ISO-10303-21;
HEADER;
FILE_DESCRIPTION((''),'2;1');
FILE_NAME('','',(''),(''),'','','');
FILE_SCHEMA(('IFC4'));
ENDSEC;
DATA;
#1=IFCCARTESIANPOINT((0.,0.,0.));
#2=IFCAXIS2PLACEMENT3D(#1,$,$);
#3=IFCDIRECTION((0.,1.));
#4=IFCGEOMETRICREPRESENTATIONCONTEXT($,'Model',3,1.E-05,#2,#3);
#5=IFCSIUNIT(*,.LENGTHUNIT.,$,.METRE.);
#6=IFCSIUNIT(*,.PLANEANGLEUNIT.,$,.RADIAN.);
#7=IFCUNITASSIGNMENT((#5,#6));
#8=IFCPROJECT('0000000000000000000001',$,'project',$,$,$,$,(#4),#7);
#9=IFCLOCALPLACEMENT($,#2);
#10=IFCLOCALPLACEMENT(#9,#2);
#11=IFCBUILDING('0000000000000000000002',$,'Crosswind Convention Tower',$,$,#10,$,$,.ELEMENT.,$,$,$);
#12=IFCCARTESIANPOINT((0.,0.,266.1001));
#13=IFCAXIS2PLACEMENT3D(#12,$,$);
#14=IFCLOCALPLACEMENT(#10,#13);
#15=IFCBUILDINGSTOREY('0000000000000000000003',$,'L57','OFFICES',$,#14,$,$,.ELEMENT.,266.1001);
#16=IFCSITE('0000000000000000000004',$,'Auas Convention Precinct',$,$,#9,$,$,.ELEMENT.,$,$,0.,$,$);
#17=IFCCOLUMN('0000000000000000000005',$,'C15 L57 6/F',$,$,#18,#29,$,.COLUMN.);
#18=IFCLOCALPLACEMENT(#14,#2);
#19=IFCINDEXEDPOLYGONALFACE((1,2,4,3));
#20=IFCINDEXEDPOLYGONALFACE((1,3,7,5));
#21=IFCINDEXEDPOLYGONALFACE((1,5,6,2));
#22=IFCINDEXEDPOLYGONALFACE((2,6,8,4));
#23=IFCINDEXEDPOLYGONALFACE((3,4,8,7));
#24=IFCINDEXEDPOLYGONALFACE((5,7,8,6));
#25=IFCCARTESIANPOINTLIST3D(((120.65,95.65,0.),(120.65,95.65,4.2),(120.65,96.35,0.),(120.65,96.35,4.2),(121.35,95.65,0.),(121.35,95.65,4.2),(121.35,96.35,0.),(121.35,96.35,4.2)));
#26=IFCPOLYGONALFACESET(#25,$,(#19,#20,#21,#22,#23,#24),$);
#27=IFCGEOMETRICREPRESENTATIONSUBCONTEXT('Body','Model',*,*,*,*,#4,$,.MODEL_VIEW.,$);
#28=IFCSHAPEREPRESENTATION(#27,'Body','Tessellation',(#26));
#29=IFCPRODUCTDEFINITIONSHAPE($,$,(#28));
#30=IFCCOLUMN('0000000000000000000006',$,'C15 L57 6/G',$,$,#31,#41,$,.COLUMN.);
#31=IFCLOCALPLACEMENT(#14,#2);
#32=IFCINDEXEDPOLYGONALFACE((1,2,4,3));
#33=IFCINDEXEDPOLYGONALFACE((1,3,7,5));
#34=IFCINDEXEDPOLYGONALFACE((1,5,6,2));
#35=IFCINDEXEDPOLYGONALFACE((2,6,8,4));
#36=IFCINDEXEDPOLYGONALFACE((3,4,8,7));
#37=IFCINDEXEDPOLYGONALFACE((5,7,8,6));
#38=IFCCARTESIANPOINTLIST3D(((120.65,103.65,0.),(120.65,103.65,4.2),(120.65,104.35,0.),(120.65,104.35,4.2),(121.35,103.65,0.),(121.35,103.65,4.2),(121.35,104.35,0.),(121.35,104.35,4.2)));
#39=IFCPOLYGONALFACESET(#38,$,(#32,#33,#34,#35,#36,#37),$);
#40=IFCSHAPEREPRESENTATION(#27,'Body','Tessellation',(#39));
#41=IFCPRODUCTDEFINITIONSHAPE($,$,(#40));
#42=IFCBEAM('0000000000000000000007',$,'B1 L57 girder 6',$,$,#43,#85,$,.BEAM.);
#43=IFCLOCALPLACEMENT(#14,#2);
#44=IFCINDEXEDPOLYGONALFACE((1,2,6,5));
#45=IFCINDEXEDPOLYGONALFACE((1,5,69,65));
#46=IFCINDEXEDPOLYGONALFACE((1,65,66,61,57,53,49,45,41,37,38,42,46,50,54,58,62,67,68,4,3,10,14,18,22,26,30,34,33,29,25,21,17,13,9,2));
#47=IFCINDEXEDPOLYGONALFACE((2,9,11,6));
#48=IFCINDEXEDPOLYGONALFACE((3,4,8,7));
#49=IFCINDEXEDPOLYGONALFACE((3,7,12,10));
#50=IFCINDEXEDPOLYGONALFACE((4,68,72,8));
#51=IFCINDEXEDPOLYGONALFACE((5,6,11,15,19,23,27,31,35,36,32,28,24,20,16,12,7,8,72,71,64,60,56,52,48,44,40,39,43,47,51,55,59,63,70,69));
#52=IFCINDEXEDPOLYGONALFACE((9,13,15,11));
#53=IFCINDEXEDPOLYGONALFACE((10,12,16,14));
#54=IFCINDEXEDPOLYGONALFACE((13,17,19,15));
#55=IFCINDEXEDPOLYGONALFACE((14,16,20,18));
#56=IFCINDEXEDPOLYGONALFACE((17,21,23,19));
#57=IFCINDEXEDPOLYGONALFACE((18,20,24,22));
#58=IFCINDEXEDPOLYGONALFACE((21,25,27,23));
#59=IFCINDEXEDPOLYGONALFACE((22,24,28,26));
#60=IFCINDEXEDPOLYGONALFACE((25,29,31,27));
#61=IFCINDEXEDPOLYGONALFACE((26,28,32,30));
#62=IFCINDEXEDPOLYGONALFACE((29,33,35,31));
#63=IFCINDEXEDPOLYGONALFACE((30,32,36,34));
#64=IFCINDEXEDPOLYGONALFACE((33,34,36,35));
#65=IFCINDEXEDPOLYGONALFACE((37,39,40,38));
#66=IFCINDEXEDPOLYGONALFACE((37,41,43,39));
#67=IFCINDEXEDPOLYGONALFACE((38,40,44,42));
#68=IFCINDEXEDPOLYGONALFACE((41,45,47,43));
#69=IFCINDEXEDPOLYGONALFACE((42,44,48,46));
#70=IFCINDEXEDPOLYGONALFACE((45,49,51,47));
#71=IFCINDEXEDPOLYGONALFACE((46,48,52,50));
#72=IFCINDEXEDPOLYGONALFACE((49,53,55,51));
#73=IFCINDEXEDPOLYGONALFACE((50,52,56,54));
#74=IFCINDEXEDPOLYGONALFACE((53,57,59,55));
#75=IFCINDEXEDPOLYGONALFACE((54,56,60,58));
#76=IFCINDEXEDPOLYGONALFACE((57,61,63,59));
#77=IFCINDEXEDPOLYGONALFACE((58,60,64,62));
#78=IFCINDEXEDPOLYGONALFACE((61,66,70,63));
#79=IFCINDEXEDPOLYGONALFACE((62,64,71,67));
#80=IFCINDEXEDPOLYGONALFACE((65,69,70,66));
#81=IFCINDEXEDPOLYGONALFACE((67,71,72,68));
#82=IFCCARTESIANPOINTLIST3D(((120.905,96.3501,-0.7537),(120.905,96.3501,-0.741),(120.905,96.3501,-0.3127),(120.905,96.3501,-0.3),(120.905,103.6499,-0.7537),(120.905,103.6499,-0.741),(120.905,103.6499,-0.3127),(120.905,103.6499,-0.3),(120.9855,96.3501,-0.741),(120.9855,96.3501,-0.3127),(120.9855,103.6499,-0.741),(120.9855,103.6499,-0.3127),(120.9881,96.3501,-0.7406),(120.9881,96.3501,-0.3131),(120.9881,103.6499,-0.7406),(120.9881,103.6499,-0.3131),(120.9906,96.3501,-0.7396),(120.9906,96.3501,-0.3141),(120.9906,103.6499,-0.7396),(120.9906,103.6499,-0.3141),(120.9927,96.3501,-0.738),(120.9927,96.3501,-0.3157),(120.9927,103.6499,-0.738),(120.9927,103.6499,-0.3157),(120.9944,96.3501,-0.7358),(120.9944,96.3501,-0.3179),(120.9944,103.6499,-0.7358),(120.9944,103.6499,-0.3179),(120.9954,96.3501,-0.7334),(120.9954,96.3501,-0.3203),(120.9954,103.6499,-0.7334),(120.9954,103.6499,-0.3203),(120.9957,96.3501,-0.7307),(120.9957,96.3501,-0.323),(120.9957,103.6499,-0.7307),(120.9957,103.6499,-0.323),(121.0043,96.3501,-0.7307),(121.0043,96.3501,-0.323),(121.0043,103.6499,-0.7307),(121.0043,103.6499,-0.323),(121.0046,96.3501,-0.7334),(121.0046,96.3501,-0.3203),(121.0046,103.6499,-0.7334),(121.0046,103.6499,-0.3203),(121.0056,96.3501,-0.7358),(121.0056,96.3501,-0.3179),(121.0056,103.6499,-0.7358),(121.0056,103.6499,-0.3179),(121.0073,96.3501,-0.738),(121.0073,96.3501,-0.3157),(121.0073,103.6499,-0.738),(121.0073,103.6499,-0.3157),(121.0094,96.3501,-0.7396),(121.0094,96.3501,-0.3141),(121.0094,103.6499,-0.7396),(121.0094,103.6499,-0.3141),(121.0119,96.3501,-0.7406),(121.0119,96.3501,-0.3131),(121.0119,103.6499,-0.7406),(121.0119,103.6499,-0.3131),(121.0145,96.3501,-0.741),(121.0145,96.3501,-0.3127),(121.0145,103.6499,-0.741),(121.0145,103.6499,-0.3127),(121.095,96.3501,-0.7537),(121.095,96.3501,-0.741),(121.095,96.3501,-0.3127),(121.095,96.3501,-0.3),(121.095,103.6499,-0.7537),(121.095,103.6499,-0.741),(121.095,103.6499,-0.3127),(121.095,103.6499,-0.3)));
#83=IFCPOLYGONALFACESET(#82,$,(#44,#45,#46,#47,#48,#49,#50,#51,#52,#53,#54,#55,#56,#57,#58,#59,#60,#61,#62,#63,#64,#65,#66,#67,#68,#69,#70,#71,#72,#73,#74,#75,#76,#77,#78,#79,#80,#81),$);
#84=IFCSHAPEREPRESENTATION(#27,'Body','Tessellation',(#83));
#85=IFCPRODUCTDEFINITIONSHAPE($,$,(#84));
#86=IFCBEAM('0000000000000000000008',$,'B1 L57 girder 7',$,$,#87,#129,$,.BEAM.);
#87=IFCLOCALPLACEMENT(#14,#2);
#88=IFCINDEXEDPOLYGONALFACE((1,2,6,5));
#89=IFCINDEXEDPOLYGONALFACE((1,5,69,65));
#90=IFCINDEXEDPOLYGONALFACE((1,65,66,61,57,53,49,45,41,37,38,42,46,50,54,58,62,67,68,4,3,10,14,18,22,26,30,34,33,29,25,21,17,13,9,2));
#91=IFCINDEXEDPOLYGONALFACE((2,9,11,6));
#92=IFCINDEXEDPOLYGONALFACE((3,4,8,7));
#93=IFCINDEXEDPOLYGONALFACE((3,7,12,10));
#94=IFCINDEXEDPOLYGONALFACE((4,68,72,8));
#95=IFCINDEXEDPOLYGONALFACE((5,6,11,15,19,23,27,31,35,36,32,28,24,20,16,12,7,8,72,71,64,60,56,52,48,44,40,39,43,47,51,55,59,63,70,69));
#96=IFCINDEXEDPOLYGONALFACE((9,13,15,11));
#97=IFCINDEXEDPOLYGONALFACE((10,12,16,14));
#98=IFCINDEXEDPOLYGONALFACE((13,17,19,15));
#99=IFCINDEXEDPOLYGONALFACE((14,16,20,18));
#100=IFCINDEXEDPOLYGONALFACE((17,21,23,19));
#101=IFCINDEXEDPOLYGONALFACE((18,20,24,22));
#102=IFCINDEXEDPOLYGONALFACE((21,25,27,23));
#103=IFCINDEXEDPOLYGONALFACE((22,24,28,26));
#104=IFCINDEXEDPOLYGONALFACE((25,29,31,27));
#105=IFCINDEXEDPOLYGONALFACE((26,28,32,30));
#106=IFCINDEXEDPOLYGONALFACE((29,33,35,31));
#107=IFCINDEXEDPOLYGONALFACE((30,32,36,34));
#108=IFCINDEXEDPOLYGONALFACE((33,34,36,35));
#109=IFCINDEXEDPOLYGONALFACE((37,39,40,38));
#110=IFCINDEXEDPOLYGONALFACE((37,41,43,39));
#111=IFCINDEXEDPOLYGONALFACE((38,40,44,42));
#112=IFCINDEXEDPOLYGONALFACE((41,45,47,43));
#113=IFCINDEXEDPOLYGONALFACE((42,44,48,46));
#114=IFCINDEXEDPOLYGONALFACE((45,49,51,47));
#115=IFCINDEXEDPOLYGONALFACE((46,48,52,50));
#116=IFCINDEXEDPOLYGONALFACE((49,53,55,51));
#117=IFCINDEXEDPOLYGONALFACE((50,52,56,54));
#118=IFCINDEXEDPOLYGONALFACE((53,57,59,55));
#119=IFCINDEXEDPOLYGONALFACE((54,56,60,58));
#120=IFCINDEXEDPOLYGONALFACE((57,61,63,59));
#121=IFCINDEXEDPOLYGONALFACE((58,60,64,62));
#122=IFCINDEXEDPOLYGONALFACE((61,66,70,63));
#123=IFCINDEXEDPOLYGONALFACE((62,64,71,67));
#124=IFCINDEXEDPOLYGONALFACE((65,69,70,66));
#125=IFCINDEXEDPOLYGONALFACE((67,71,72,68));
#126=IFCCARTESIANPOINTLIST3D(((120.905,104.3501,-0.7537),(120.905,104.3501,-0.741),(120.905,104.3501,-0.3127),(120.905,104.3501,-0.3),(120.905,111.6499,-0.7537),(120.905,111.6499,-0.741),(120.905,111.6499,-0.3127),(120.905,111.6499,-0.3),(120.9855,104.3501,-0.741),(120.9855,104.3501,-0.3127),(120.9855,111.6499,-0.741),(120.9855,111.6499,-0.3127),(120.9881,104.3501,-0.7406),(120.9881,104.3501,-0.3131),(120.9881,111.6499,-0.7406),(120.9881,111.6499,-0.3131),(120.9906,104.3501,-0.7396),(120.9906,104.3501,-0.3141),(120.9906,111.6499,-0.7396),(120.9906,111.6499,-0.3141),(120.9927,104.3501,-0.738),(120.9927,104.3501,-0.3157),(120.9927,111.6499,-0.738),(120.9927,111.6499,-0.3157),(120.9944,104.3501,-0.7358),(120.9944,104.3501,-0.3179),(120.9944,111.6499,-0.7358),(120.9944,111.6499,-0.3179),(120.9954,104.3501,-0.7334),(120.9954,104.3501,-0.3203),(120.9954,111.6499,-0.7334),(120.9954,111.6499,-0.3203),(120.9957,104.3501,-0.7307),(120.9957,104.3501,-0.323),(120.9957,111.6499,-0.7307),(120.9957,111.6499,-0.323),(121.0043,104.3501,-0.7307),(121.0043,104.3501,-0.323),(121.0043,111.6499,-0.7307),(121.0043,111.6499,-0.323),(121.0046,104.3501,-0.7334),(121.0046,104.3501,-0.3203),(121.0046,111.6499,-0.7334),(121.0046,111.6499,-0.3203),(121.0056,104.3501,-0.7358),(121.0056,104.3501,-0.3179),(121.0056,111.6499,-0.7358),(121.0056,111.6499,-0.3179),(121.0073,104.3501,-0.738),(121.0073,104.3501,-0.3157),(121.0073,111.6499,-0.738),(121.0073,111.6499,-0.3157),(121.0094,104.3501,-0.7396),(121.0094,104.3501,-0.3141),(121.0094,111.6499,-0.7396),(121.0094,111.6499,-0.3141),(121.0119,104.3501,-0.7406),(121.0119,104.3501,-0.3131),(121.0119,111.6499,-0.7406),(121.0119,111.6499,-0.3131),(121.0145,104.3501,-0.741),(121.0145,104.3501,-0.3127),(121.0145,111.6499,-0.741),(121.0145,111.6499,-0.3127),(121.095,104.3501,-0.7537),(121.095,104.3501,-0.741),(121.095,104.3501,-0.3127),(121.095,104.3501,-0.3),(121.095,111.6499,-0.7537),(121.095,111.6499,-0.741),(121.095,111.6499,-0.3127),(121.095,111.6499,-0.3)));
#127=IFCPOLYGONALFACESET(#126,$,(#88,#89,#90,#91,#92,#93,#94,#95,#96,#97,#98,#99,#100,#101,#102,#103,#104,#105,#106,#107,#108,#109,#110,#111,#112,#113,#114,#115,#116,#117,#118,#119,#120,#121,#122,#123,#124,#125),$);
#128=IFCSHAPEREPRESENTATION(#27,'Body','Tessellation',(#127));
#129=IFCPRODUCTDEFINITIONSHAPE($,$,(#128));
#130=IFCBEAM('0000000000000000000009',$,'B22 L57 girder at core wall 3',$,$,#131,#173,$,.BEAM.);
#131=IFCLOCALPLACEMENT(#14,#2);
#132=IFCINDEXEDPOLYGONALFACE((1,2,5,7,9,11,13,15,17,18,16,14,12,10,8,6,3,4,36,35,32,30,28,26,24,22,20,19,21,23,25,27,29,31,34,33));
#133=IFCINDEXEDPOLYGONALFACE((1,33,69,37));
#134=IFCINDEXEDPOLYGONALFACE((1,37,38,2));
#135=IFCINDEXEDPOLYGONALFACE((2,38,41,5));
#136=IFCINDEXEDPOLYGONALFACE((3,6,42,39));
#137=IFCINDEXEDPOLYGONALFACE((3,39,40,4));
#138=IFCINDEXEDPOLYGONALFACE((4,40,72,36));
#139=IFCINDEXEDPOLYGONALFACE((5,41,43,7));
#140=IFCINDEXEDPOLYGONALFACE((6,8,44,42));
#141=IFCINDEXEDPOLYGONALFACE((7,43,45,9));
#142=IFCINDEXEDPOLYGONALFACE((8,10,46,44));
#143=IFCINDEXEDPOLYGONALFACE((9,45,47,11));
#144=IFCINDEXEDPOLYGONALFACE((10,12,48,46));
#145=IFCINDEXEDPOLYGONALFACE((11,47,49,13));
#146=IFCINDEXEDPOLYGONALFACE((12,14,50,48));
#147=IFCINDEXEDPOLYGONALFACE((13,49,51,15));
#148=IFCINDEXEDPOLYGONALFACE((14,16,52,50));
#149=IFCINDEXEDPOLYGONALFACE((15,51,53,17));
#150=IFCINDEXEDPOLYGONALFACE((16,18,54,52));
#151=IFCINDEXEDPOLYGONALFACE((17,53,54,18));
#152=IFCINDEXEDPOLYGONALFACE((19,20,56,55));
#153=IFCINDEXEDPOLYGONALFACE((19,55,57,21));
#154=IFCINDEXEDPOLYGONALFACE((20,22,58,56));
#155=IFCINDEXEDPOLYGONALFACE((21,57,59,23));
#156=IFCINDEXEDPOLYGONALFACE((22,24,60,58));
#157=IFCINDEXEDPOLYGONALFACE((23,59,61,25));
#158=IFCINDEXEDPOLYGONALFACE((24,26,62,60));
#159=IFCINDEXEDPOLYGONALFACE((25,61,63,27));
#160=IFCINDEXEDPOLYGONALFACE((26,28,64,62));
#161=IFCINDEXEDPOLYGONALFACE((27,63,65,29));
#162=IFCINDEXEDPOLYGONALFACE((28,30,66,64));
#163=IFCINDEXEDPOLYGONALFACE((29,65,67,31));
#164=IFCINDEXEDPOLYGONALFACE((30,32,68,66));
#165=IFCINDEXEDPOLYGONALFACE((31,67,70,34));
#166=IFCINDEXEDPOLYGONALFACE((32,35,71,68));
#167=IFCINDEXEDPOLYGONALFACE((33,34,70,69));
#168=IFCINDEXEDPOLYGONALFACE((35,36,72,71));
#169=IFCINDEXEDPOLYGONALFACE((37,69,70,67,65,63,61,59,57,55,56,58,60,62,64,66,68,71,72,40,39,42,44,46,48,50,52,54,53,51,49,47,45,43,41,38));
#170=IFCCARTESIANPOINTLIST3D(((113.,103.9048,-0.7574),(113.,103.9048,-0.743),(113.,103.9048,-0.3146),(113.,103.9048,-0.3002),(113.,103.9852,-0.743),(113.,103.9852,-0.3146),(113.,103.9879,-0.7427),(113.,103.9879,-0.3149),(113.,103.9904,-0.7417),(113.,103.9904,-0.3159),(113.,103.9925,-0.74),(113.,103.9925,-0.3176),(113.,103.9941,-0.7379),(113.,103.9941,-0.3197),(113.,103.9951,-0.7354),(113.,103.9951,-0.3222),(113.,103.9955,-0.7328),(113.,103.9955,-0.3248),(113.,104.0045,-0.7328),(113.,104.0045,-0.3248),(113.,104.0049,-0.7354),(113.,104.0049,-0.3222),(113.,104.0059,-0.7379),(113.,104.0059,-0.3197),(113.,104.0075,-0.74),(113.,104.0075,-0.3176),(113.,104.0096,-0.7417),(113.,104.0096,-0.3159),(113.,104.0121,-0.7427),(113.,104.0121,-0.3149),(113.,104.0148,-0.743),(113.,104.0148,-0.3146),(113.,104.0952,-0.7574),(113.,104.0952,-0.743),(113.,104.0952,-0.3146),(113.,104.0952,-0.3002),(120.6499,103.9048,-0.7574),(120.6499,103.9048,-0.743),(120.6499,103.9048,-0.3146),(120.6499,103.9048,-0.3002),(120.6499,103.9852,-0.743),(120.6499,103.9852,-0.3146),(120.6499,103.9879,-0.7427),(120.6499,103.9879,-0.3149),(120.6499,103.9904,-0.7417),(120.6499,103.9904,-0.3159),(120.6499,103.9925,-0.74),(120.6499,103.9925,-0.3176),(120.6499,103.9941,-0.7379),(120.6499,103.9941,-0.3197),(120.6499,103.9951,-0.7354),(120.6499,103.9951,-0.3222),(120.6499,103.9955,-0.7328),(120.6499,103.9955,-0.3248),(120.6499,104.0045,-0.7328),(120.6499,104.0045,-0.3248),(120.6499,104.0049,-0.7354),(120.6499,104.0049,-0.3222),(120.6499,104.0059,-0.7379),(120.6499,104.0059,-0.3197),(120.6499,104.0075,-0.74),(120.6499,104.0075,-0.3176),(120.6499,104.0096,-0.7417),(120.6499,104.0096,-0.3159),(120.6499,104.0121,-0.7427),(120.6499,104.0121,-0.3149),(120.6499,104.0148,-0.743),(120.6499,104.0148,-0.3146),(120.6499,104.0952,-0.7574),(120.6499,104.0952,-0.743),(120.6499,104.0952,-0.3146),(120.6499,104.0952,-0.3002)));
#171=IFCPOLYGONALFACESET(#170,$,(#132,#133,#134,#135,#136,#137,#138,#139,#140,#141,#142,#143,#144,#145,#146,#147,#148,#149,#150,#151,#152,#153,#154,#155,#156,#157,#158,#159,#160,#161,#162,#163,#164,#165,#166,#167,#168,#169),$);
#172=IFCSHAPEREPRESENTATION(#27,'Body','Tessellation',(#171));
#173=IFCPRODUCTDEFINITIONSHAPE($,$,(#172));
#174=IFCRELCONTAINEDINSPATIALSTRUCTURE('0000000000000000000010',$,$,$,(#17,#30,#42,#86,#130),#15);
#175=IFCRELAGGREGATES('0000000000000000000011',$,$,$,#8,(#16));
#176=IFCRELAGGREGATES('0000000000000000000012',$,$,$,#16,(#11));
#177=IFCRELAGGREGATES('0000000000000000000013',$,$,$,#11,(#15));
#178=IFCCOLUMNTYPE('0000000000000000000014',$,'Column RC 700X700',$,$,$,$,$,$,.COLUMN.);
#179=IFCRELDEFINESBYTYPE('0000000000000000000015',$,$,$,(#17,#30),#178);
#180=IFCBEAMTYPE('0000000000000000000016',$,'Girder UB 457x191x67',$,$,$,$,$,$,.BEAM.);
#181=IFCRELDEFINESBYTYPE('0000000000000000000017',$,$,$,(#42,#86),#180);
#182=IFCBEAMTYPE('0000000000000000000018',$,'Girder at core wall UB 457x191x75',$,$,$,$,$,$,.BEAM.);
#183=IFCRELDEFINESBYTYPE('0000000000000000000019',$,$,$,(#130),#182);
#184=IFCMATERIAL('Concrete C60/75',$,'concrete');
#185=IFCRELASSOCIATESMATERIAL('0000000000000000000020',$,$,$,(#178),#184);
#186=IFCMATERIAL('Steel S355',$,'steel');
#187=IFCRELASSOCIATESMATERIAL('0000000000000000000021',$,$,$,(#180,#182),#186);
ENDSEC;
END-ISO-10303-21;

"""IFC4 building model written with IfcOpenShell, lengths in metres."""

from ifc_helpers import new_model, si_unit, direction, frame, origin, origin_2d, place, context, subcontext, project, spatial, rectangle, i_section, extrude, material, material_profile, profile_set, type_object, element, save


model = new_model("IFC4")

# Units and contexts
model_context = context("Model", 3, precision=1e-05, world=origin(), true_north=direction((0.0, 1.0)))
body_context = subcontext(model_context, "Body", "Model", "MODEL_VIEW")
ifc_project = project(units=[si_unit("LENGTHUNIT", "METRE"), si_unit("PLANEANGLEUNIT", "RADIAN")], contexts=[model_context])

# Site, building, storey
site_placement = place(None, origin())
site = spatial("IfcSite", under=ifc_project, at=site_placement, Name="Auas Convention Precinct", CompositionType="ELEMENT", RefElevation=0.0)
building_placement = place(site_placement, origin())
building = spatial("IfcBuilding", under=site, at=building_placement, Name="Crosswind Convention Tower", CompositionType="ELEMENT")
storey_placement = place(building_placement, frame((0.0, 0.0, 266.1001)))
storey = spatial("IfcBuildingStorey", under=building, at=storey_placement, Name="L57", Description="OFFICES", CompositionType="ELEMENT", Elevation=266.1001)

# Columns
ifc_material_1 = material(Name="Concrete C60/75", Category="concrete")
ifc_material_profile_1 = material_profile(ifc_material_1, rectangle(XDim=0.7, YDim=0.7, at=origin_2d()), Name="RC 700X700")
ifc_profile_set_1 = profile_set([ifc_material_profile_1], Name="Concrete C60/75")
column_type = type_object("IfcColumnType", Name="Column RC 700X700", PredefinedType="COLUMN", material=ifc_profile_set_1)
for number, where, z_axis, x_axis, name in (
    (1, (121.0, 96.0, 0.0), (0.0, 0.0, 1.0), (1.0, 0.0, 0.0), "C15 L57 6/F"),
    (2, (121.0, 104.0, 0.0), (0.0, 0.0, 1.0), (1.0, 0.0, 0.0), "C15 L57 6/G"),
):
    element("IfcColumn", number, at=place(storey_placement, frame(where, z_axis=z_axis, x_axis=x_axis)), inside=storey, type_object=column_type, Name=name, PredefinedType="COLUMN", context=body_context, shape_type="SweptSolid", body=[
        extrude(rectangle(XDim=0.7, YDim=0.7, at=origin_2d()), origin(), (0.0, 0.0, 1.0), 4.2),
    ])

# Beams
ifc_material_2 = material(Name="Steel S355", Category="steel")
ifc_material_profile_2 = material_profile(ifc_material_2, i_section(OverallWidth=0.1899, OverallDepth=0.4536, WebThickness=0.0085, FlangeThickness=0.0127, FilletRadius=0.0103, at=origin_2d()), Name="UB 457x191x67")
ifc_profile_set_2 = profile_set([ifc_material_profile_2], Name="Steel S355")
beam_type_1 = type_object("IfcBeamType", Name="Girder UB 457x191x67", PredefinedType="BEAM", material=ifc_profile_set_2)
for number, where, z_axis, x_axis, name in (
    (3, (121.0, 96.3501, -0.5269), (0.0, 1.0, 0.0), (-1.0, 0.0, 0.0), "B1 L57 girder 6"),
    (4, (121.0, 104.3501, -0.5269), (0.0, 1.0, 0.0), (-1.0, 0.0, 0.0), "B1 L57 girder 7"),
):
    element("IfcBeam", number, at=place(storey_placement, frame(where, z_axis=z_axis, x_axis=x_axis)), inside=storey, type_object=beam_type_1, Name=name, PredefinedType="BEAM", context=body_context, shape_type="SweptSolid", body=[
        extrude(i_section(OverallWidth=0.1899, OverallDepth=0.4536, WebThickness=0.0085, FlangeThickness=0.0127, FilletRadius=0.0103, at=origin_2d()), origin(), (0.0, 0.0, 1.0), 7.2998),
    ])
ifc_material_profile_3 = material_profile(ifc_material_2, i_section(OverallWidth=0.1904, OverallDepth=0.4573, WebThickness=0.009, FlangeThickness=0.0144, FilletRadius=0.0103, at=origin_2d()), Name="UB 457x191x75")
ifc_profile_set_3 = profile_set([ifc_material_profile_3], Name="Steel S355")
beam_type_2 = type_object("IfcBeamType", Name="Girder at core wall UB 457x191x75", PredefinedType="BEAM", material=ifc_profile_set_3)
beam_placement = place(storey_placement, frame((113.0, 104.0, -0.5288), z_axis=(1.0, 0.0, 0.0), x_axis=(0.0, 1.0, 0.0)))
element("IfcBeam", 5, at=beam_placement, inside=storey, type_object=beam_type_2, Name="B22 L57 girder at core wall 3", PredefinedType="BEAM", context=body_context, shape_type="SweptSolid", body=[
    extrude(i_section(OverallWidth=0.1904, OverallDepth=0.4573, WebThickness=0.009, FlangeThickness=0.0144, FilletRadius=0.0103, at=origin_2d()), origin(), (0.0, 0.0, 1.0), 7.6499),
])

save(model, "model.ifc")
